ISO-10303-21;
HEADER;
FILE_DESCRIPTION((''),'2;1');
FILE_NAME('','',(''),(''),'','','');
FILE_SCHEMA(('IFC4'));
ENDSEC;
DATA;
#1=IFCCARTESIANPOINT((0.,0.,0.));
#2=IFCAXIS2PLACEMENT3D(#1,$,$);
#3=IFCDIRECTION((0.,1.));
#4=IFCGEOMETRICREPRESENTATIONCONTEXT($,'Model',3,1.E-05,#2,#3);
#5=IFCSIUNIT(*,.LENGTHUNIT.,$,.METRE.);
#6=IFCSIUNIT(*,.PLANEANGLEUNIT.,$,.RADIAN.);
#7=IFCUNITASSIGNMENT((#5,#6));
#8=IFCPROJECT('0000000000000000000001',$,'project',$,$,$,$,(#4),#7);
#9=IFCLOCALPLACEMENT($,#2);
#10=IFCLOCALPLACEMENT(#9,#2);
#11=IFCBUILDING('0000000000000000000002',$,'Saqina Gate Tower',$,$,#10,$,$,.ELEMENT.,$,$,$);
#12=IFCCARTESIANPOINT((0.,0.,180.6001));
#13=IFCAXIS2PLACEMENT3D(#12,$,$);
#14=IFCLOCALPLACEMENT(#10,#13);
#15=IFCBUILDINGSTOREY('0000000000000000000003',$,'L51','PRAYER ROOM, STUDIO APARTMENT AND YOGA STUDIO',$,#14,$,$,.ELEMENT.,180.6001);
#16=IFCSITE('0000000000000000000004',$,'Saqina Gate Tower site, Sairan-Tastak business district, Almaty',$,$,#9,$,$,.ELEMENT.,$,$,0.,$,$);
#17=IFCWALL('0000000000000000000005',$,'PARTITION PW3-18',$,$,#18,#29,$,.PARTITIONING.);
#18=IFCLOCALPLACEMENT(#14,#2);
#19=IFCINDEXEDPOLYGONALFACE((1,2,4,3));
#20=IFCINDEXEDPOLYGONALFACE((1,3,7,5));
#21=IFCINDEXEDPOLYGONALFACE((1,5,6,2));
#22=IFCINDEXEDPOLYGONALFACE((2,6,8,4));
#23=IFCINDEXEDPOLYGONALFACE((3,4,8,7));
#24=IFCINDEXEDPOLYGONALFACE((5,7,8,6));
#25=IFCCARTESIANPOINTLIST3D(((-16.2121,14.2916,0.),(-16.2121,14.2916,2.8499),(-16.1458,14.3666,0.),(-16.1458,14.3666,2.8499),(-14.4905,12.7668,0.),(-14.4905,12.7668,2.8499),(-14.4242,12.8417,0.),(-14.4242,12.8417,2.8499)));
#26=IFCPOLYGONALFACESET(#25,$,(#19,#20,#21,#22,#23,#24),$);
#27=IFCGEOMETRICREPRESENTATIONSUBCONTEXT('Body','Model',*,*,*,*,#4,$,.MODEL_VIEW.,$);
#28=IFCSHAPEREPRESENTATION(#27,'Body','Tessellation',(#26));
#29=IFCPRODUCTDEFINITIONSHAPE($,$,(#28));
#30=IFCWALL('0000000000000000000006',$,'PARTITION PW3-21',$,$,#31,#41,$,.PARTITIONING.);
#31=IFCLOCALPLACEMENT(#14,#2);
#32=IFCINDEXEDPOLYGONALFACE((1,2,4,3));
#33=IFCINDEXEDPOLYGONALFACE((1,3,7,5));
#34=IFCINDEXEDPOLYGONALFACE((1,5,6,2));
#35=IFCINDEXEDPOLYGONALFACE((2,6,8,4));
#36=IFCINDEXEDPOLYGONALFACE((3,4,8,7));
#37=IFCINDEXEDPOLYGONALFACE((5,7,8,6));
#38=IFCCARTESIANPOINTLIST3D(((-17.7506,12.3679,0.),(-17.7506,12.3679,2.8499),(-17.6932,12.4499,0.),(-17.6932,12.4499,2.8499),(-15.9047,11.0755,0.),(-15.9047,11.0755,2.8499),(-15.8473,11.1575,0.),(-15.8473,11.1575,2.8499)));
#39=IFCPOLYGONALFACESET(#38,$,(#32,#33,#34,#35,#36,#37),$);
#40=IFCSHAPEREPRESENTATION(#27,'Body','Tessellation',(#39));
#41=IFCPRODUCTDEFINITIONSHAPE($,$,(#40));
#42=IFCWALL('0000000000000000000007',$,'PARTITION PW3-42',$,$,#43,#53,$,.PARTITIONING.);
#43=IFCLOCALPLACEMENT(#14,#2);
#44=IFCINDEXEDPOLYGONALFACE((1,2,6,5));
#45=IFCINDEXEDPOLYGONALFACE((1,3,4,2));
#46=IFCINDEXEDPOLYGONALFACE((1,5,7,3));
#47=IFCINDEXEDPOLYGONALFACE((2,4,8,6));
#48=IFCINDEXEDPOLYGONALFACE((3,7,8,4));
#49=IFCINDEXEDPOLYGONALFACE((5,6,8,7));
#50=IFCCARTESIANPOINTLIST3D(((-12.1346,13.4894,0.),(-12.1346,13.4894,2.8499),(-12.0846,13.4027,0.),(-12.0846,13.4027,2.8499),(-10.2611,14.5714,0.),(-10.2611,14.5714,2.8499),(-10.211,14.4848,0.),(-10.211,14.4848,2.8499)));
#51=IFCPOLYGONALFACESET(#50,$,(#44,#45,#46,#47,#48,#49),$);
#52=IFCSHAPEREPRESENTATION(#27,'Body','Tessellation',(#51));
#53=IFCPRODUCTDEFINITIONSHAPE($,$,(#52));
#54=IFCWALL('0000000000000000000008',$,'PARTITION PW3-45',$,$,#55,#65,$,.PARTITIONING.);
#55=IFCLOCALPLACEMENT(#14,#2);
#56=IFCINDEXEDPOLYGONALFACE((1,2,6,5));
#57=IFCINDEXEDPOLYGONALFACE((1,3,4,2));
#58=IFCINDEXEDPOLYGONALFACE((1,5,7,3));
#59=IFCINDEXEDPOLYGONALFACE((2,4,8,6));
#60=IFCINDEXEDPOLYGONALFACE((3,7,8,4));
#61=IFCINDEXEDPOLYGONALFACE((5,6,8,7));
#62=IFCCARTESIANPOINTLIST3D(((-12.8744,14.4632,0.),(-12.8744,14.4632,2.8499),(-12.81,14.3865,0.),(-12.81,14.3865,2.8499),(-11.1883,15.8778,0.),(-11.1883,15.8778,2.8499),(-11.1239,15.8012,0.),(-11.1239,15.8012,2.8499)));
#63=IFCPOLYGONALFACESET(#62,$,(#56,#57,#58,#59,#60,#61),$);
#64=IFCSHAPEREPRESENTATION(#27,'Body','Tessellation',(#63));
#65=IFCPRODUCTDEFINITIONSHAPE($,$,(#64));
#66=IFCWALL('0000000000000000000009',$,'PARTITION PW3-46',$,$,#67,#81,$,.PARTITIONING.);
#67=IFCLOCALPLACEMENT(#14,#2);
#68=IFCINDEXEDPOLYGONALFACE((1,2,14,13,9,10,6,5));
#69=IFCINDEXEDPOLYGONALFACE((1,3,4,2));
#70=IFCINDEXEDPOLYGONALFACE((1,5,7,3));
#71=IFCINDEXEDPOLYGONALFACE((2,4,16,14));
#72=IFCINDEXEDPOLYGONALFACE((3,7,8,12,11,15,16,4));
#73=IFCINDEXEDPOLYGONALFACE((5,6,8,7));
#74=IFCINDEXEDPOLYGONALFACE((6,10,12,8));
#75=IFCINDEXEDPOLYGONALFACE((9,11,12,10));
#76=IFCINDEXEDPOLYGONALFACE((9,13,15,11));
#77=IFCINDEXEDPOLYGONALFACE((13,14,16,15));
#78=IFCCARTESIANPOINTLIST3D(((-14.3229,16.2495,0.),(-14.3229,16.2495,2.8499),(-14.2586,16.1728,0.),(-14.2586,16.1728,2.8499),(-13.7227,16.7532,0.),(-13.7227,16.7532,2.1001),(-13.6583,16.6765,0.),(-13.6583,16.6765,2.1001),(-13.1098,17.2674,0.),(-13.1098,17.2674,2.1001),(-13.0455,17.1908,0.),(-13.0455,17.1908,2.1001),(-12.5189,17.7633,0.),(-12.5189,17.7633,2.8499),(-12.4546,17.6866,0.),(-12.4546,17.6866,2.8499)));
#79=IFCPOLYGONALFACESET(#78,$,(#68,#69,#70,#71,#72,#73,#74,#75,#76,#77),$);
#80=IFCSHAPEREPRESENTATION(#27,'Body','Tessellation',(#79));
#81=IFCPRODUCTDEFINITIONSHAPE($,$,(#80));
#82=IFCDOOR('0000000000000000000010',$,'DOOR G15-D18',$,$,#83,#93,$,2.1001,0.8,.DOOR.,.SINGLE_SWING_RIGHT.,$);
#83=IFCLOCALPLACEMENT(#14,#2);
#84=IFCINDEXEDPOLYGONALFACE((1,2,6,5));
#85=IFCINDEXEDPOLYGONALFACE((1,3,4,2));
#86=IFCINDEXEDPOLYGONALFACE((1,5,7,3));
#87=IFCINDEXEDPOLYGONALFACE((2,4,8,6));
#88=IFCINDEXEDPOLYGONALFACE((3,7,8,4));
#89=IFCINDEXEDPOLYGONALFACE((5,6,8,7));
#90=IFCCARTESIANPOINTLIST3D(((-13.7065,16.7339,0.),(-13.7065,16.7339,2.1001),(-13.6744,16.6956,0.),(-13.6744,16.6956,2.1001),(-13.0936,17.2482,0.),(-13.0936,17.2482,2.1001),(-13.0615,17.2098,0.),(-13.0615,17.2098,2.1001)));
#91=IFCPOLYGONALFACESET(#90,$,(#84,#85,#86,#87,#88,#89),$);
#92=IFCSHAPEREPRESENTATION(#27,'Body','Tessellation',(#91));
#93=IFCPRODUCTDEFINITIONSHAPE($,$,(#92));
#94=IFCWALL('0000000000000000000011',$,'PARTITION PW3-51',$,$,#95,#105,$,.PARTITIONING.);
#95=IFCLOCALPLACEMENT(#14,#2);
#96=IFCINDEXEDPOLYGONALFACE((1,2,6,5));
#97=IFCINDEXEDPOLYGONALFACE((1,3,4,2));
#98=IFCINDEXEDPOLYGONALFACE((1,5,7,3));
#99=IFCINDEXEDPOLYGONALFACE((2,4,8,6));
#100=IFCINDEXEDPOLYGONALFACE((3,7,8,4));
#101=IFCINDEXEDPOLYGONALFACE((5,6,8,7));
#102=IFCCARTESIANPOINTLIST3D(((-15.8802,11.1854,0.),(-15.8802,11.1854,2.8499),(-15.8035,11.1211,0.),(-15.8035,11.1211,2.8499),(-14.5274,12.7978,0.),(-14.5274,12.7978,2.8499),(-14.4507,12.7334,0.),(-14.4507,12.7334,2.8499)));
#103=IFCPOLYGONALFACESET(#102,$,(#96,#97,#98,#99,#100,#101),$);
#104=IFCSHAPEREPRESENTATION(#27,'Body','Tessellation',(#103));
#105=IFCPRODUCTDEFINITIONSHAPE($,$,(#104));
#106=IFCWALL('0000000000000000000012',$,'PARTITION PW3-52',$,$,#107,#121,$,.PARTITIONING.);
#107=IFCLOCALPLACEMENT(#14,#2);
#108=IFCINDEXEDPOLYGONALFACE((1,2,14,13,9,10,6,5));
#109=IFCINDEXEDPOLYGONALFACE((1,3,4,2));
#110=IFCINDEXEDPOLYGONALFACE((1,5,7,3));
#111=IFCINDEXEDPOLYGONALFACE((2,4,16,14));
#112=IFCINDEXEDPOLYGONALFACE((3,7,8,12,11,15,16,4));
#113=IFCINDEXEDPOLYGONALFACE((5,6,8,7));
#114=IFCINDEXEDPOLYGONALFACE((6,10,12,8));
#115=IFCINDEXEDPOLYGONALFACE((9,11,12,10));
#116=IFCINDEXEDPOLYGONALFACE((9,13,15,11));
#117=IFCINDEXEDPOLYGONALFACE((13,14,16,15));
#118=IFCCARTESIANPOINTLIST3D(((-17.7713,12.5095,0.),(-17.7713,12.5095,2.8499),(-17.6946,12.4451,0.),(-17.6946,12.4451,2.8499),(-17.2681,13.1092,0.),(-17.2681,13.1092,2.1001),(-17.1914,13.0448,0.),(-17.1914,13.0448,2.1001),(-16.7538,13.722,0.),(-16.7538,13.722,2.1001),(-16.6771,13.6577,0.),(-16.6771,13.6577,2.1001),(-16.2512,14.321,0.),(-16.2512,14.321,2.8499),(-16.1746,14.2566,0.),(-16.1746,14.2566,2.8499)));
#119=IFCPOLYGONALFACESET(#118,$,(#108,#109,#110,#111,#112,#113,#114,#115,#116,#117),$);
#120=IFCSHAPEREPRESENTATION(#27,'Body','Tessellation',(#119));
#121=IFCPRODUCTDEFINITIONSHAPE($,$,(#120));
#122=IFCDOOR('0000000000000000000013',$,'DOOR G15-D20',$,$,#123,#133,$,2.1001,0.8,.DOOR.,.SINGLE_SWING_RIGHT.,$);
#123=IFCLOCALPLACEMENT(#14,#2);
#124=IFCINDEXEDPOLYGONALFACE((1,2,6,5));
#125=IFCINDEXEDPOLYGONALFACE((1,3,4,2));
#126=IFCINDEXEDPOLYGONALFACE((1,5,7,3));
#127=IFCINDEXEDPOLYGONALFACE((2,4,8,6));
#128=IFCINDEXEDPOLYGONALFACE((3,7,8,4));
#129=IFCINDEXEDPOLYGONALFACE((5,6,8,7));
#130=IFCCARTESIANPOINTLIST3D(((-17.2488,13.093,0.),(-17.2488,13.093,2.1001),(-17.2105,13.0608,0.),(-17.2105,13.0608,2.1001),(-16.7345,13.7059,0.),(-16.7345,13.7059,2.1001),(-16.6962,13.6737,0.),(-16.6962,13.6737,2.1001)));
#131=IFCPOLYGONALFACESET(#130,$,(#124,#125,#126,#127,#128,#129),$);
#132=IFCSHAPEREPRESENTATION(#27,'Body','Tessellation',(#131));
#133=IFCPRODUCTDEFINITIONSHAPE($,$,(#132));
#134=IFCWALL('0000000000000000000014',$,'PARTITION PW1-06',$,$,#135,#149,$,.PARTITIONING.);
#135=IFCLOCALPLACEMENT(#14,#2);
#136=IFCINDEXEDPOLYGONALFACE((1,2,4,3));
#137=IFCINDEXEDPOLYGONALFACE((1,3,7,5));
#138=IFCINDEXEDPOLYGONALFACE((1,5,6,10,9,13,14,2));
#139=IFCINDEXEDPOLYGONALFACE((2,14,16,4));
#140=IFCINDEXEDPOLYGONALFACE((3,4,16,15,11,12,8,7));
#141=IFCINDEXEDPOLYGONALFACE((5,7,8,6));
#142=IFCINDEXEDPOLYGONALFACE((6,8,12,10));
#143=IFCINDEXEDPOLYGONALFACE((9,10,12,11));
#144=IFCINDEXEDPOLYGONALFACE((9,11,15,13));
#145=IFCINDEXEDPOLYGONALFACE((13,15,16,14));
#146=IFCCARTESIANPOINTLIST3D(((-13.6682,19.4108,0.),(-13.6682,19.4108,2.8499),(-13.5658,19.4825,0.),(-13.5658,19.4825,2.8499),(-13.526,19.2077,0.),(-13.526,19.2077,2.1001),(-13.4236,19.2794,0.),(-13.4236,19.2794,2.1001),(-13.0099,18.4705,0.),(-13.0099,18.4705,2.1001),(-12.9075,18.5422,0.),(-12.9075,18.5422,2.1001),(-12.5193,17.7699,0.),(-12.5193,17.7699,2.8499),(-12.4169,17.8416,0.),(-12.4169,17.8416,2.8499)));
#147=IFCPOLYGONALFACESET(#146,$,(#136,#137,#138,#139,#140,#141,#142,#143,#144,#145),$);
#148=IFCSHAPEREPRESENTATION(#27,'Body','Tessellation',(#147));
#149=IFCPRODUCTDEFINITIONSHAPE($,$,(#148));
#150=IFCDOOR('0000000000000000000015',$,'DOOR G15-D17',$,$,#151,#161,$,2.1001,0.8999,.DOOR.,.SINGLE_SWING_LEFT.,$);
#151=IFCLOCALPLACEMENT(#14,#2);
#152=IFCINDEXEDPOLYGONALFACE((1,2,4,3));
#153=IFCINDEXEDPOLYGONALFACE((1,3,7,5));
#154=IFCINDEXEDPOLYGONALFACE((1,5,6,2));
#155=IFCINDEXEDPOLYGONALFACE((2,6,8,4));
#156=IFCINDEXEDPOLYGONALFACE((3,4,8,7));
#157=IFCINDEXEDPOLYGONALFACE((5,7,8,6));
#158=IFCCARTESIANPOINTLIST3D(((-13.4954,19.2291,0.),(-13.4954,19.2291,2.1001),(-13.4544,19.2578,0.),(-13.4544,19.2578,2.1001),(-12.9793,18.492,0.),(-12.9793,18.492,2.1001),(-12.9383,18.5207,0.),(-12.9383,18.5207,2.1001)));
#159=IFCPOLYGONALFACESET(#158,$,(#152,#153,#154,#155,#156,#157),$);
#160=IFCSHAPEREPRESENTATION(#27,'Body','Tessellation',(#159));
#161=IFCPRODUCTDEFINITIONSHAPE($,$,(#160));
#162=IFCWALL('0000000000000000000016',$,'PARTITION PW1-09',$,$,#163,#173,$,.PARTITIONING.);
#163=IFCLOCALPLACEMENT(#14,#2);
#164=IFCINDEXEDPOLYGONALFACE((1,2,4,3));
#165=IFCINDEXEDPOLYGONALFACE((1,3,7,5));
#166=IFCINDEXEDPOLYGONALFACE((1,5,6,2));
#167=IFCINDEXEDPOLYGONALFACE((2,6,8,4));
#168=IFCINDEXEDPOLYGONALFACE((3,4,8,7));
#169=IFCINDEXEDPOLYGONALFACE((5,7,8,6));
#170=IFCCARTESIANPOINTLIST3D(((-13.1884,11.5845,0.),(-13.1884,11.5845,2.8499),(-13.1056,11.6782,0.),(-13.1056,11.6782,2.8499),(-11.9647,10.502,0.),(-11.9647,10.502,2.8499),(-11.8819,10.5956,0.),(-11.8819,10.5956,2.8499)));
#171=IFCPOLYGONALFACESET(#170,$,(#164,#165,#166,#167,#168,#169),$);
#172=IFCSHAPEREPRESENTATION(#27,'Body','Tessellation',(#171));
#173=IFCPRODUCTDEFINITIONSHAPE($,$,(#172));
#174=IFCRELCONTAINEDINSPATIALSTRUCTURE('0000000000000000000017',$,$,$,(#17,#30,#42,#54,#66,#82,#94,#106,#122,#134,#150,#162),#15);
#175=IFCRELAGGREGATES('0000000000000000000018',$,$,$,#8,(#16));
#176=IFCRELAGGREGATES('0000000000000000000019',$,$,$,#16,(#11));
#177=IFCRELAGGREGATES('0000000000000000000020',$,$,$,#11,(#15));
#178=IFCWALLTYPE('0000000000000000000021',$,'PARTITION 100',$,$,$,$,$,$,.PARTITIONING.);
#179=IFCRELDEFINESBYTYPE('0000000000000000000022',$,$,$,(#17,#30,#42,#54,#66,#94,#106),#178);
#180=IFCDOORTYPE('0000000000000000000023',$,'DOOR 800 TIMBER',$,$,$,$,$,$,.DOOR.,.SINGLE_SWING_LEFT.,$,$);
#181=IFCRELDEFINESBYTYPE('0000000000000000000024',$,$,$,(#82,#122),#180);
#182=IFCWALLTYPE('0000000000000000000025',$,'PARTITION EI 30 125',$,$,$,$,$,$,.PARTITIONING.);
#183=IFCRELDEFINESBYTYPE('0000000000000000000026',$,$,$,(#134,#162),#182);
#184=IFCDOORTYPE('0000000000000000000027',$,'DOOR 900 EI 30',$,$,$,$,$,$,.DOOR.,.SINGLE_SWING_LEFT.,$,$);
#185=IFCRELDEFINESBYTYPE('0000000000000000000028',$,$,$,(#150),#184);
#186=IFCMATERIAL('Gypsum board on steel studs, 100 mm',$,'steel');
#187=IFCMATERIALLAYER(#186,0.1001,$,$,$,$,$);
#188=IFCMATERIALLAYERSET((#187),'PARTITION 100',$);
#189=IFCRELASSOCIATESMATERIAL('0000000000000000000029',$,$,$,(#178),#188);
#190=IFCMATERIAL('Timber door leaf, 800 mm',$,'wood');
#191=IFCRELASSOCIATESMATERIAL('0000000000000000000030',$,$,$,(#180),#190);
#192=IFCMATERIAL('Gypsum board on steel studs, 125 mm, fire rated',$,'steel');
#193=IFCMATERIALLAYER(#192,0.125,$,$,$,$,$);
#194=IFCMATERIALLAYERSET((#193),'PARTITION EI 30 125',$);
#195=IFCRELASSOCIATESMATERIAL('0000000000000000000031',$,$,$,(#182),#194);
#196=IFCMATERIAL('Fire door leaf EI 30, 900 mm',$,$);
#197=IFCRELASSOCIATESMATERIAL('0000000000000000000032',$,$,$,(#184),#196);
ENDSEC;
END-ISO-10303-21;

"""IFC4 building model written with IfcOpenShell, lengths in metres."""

from ifc_helpers import new_model, si_unit, direction, frame, frame_2d, origin, place, context, subcontext, project, spatial, rectangle, extrude, material, layer, layer_set, type_object, element, fill, save


model = new_model("IFC4")

# Units and contexts
model_context = context("Model", 3, precision=1e-05, world=origin(), true_north=direction((0.0, 1.0)))
body_context = subcontext(model_context, "Body", "Model", "MODEL_VIEW")
ifc_project = project(units=[si_unit("LENGTHUNIT", "METRE"), si_unit("PLANEANGLEUNIT", "RADIAN")], contexts=[model_context])

# Site, building, storey
site_placement = place(None, origin())
site = spatial("IfcSite", under=ifc_project, at=site_placement, Name="Saqina Gate Tower site, Sairan-Tastak business district, Almaty", CompositionType="ELEMENT", RefElevation=0.0)
building_placement = place(site_placement, origin())
building = spatial("IfcBuilding", under=site, at=building_placement, Name="Saqina Gate Tower", CompositionType="ELEMENT")
storey_placement = place(building_placement, frame((0.0, 0.0, 180.6001)))
storey = spatial("IfcBuildingStorey", under=building, at=storey_placement, Name="L51", Description="PRAYER ROOM, STUDIO APARTMENT AND YOGA STUDIO", CompositionType="ELEMENT", Elevation=180.6001)

# Walls
ifc_material_1 = material(Name="Gypsum board on steel studs, 100 mm", Category="steel")
ifc_layer_1 = layer(ifc_material_1, 0.1001)
ifc_layer_set_1 = layer_set([ifc_layer_1], Name="PARTITION 100")
wall_type_1 = type_object("IfcWallType", Name="PARTITION 100", PredefinedType="PARTITIONING", material=ifc_layer_set_1)
wall_1_placement = place(storey_placement, frame((-16.179, 14.3291, 0.0), z_axis=(0.0, 0.0, 1.0), x_axis=(0.748591, -0.663032, 0.0)))
element("IfcWall", 1, at=wall_1_placement, inside=storey, type_object=wall_type_1, Name="PARTITION PW3-18", PredefinedType="PARTITIONING", context=body_context, shape_type="SweptSolid", body=[
    extrude(rectangle(XDim=2.2998, YDim=0.1001, at=frame_2d((1.1499, 0.0))), origin(), (0.0, 0.0, 1.0), 2.8499),
])
wall_2_placement = place(storey_placement, frame((-17.7219, 12.4089, 0.0), z_axis=(0.0, 0.0, 1.0), x_axis=(0.819166, -0.573557, 0.0)))
element("IfcWall", 2, at=wall_2_placement, inside=storey, type_object=wall_type_1, Name="PARTITION PW3-21", PredefinedType="PARTITIONING", context=body_context, shape_type="SweptSolid", body=[
    extrude(rectangle(XDim=2.2534, YDim=0.1001, at=frame_2d((1.1267, 0.0))), origin(), (0.0, 0.0, 1.0), 2.8499),
])
wall_3_placement = place(storey_placement, frame((-12.1096, 13.446, 0.0), z_axis=(0.0, 0.0, 1.0), x_axis=(0.865956, 0.50012, 0.0)))
element("IfcWall", 3, at=wall_3_placement, inside=storey, type_object=wall_type_1, Name="PARTITION PW3-42", PredefinedType="PARTITIONING", context=body_context, shape_type="SweptSolid", body=[
    extrude(rectangle(XDim=2.1636, YDim=0.1001, at=frame_2d((1.0818, 0.0))), origin(), (0.0, 0.0, 1.0), 2.8499),
])
wall_4_placement = place(storey_placement, frame((-12.8423, 14.4248, 0.0), z_axis=(0.0, 0.0, 1.0), x_axis=(0.766089, 0.642734, 0.0)))
element("IfcWall", 4, at=wall_4_placement, inside=storey, type_object=wall_type_1, Name="PARTITION PW3-45", PredefinedType="PARTITIONING", context=body_context, shape_type="SweptSolid", body=[
    extrude(rectangle(XDim=2.2009, YDim=0.1001, at=frame_2d((1.1006, 0.0))), origin(), (0.0, 0.0, 1.0), 2.8499),
])

# Wall, opening, door
wall_5_placement = place(storey_placement, frame((-14.2908, 16.2112, 0.0), z_axis=(0.0, 0.0, 1.0), x_axis=(0.76605, 0.642781, 0.0)))
wall_5 = element("IfcWall", 5, at=wall_5_placement, inside=storey, type_object=wall_type_1, Name="PARTITION PW3-46", PredefinedType="PARTITIONING", context=body_context, shape_type="SweptSolid", body=[
    extrude(rectangle(XDim=2.355, YDim=0.1001, at=frame_2d((1.1775, 0.0))), origin(), (0.0, 0.0, 1.0), 2.8499),
])
opening_1_placement = place(wall_5_placement, frame((0.7837, 0.0, 0.0)))
opening_1 = element("IfcOpeningElement", 6, at=opening_1_placement, cuts=wall_5, PredefinedType="OPENING", context=body_context, shape_type="SweptSolid", body=[
    extrude(rectangle(XDim=0.8, YDim=2.1001, at=frame_2d((0.3999, 1.05))), frame((0.0, 0.062, 0.0), z_axis=(0.0, -1.0, 0.0), x_axis=(1.0, 0.0, 0.0)), (0.0, 0.0, 1.0), 0.124),
])
ifc_material_2 = material(Name="Timber door leaf, 800 mm", Category="wood")
door_type_1 = type_object("IfcDoorType", Name="DOOR 800 TIMBER", OperationType="SINGLE_SWING_LEFT", PredefinedType="DOOR", material=ifc_material_2)
door_1_placement = place(opening_1_placement, origin())
door_1 = element("IfcDoor", 7, at=door_1_placement, inside=storey, type_object=door_type_1, Name="DOOR G15-D18", OperationType="SINGLE_SWING_RIGHT", OverallHeight=2.1001, OverallWidth=0.8, PredefinedType="DOOR", context=body_context, shape_type="SweptSolid", body=[
    extrude(rectangle(XDim=0.8, YDim=2.1001, at=frame_2d((0.3999, 1.05))), frame((0.0, 0.0249, 0.0), z_axis=(0.0, -1.0, 0.0), x_axis=(1.0, 0.0, 0.0)), (0.0, 0.0, 1.0), 0.05),
])
fill(opening_1, door_1)

# Wall
wall_6_placement = place(storey_placement, frame((-15.8418, 11.1533, 0.0), z_axis=(0.0, 0.0, 1.0), x_axis=(0.642759, 0.766068, 0.0)))
element("IfcWall", 8, at=wall_6_placement, inside=storey, type_object=wall_type_1, Name="PARTITION PW3-51", PredefinedType="PARTITIONING", context=body_context, shape_type="SweptSolid", body=[
    extrude(rectangle(XDim=2.1047, YDim=0.1001, at=frame_2d((1.0522, 0.0))), origin(), (0.0, 0.0, 1.0), 2.8499),
])

# Walls, openings, doors
wall_7_placement = place(storey_placement, frame((-17.7329, 12.4773, 0.0), z_axis=(0.0, 0.0, 1.0), x_axis=(0.64278, 0.766051, 0.0)))
wall_7 = element("IfcWall", 9, at=wall_7_placement, inside=storey, type_object=wall_type_1, Name="PARTITION PW3-52", PredefinedType="PARTITIONING", context=body_context, shape_type="SweptSolid", body=[
    extrude(rectangle(XDim=2.3647, YDim=0.1001, at=frame_2d((1.1824, 0.0))), origin(), (0.0, 0.0, 1.0), 2.8499),
])
opening_2_placement = place(wall_7_placement, frame((0.783, 0.0, 0.0)))
opening_2 = element("IfcOpeningElement", 10, at=opening_2_placement, cuts=wall_7, PredefinedType="OPENING", context=body_context, shape_type="SweptSolid", body=[
    extrude(rectangle(XDim=0.8, YDim=2.1001, at=frame_2d((0.3999, 1.05))), frame((0.0, 0.062, 0.0), z_axis=(0.0, -1.0, 0.0), x_axis=(1.0, 0.0, 0.0)), (0.0, 0.0, 1.0), 0.124),
])
door_2_placement = place(opening_2_placement, origin())
door_2 = element("IfcDoor", 11, at=door_2_placement, inside=storey, type_object=door_type_1, Name="DOOR G15-D20", OperationType="SINGLE_SWING_RIGHT", OverallHeight=2.1001, OverallWidth=0.8, PredefinedType="DOOR", context=body_context, shape_type="SweptSolid", body=[
    extrude(rectangle(XDim=0.8, YDim=2.1001, at=frame_2d((0.3999, 1.05))), frame((0.0, 0.0249, 0.0), z_axis=(0.0, -1.0, 0.0), x_axis=(1.0, 0.0, 0.0)), (0.0, 0.0, 1.0), 0.05),
])
fill(opening_2, door_2)
ifc_material_3 = material(Name="Gypsum board on steel studs, 125 mm, fire rated", Category="steel")
ifc_layer_2 = layer(ifc_material_3, 0.125)
ifc_layer_set_2 = layer_set([ifc_layer_2], Name="PARTITION EI 30 125")
wall_type_2 = type_object("IfcWallType", Name="PARTITION EI 30 125", PredefinedType="PARTITIONING", material=ifc_layer_set_2)
wall_8_placement = place(storey_placement, frame((-13.6169, 19.4465, 0.0), z_axis=(0.0, 0.0, 1.0), x_axis=(0.573569, -0.819157, 0.0)))
wall_8 = element("IfcWall", 12, at=wall_8_placement, inside=storey, type_object=wall_type_2, Name="PARTITION PW1-06", PredefinedType="PARTITIONING", context=body_context, shape_type="SweptSolid", body=[
    extrude(rectangle(XDim=2.0032, YDim=0.125, at=frame_2d((1.0015, 0.0))), origin(), (0.0, 0.0, 1.0), 2.8499),
])
opening_3_placement = place(wall_8_placement, frame((0.2478, 0.0, 0.0)))
opening_3 = element("IfcOpeningElement", 13, at=opening_3_placement, cuts=wall_8, PredefinedType="OPENING", context=body_context, shape_type="SweptSolid", body=[
    extrude(rectangle(XDim=0.8999, YDim=2.1001, at=frame_2d((0.45, 1.05))), frame((0.0, 0.0745, 0.0), z_axis=(0.0, -1.0, 0.0), x_axis=(1.0, 0.0, 0.0)), (0.0, 0.0, 1.0), 0.1489),
])
ifc_material_4 = material(Name="Fire door leaf EI 30, 900 mm")
door_type_2 = type_object("IfcDoorType", Name="DOOR 900 EI 30", OperationType="SINGLE_SWING_LEFT", PredefinedType="DOOR", material=ifc_material_4)
door_3_placement = place(opening_3_placement, origin())
door_3 = element("IfcDoor", 14, at=door_3_placement, inside=storey, type_object=door_type_2, Name="DOOR G15-D17", OperationType="SINGLE_SWING_LEFT", OverallHeight=2.1001, OverallWidth=0.8999, PredefinedType="DOOR", context=body_context, shape_type="SweptSolid", body=[
    extrude(rectangle(XDim=0.8999, YDim=2.1001, at=frame_2d((0.45, 1.05))), frame((0.0, 0.0249, 0.0), z_axis=(0.0, -1.0, 0.0), x_axis=(1.0, 0.0, 0.0)), (0.0, 0.0, 1.0), 0.05),
])
fill(opening_3, door_3)

# Wall
wall_9_placement = place(storey_placement, frame((-13.147, 11.6313, 0.0), z_axis=(0.0, 0.0, 1.0), x_axis=(0.748974, -0.6626, 0.0)))
element("IfcWall", 15, at=wall_9_placement, inside=storey, type_object=wall_type_2, Name="PARTITION PW1-09", PredefinedType="PARTITIONING", context=body_context, shape_type="SweptSolid", body=[
    extrude(rectangle(XDim=1.6338, YDim=0.125, at=frame_2d((0.8169, 0.0))), origin(), (0.0, 0.0, 1.0), 2.8499),
])

save(model, "model.ifc")
